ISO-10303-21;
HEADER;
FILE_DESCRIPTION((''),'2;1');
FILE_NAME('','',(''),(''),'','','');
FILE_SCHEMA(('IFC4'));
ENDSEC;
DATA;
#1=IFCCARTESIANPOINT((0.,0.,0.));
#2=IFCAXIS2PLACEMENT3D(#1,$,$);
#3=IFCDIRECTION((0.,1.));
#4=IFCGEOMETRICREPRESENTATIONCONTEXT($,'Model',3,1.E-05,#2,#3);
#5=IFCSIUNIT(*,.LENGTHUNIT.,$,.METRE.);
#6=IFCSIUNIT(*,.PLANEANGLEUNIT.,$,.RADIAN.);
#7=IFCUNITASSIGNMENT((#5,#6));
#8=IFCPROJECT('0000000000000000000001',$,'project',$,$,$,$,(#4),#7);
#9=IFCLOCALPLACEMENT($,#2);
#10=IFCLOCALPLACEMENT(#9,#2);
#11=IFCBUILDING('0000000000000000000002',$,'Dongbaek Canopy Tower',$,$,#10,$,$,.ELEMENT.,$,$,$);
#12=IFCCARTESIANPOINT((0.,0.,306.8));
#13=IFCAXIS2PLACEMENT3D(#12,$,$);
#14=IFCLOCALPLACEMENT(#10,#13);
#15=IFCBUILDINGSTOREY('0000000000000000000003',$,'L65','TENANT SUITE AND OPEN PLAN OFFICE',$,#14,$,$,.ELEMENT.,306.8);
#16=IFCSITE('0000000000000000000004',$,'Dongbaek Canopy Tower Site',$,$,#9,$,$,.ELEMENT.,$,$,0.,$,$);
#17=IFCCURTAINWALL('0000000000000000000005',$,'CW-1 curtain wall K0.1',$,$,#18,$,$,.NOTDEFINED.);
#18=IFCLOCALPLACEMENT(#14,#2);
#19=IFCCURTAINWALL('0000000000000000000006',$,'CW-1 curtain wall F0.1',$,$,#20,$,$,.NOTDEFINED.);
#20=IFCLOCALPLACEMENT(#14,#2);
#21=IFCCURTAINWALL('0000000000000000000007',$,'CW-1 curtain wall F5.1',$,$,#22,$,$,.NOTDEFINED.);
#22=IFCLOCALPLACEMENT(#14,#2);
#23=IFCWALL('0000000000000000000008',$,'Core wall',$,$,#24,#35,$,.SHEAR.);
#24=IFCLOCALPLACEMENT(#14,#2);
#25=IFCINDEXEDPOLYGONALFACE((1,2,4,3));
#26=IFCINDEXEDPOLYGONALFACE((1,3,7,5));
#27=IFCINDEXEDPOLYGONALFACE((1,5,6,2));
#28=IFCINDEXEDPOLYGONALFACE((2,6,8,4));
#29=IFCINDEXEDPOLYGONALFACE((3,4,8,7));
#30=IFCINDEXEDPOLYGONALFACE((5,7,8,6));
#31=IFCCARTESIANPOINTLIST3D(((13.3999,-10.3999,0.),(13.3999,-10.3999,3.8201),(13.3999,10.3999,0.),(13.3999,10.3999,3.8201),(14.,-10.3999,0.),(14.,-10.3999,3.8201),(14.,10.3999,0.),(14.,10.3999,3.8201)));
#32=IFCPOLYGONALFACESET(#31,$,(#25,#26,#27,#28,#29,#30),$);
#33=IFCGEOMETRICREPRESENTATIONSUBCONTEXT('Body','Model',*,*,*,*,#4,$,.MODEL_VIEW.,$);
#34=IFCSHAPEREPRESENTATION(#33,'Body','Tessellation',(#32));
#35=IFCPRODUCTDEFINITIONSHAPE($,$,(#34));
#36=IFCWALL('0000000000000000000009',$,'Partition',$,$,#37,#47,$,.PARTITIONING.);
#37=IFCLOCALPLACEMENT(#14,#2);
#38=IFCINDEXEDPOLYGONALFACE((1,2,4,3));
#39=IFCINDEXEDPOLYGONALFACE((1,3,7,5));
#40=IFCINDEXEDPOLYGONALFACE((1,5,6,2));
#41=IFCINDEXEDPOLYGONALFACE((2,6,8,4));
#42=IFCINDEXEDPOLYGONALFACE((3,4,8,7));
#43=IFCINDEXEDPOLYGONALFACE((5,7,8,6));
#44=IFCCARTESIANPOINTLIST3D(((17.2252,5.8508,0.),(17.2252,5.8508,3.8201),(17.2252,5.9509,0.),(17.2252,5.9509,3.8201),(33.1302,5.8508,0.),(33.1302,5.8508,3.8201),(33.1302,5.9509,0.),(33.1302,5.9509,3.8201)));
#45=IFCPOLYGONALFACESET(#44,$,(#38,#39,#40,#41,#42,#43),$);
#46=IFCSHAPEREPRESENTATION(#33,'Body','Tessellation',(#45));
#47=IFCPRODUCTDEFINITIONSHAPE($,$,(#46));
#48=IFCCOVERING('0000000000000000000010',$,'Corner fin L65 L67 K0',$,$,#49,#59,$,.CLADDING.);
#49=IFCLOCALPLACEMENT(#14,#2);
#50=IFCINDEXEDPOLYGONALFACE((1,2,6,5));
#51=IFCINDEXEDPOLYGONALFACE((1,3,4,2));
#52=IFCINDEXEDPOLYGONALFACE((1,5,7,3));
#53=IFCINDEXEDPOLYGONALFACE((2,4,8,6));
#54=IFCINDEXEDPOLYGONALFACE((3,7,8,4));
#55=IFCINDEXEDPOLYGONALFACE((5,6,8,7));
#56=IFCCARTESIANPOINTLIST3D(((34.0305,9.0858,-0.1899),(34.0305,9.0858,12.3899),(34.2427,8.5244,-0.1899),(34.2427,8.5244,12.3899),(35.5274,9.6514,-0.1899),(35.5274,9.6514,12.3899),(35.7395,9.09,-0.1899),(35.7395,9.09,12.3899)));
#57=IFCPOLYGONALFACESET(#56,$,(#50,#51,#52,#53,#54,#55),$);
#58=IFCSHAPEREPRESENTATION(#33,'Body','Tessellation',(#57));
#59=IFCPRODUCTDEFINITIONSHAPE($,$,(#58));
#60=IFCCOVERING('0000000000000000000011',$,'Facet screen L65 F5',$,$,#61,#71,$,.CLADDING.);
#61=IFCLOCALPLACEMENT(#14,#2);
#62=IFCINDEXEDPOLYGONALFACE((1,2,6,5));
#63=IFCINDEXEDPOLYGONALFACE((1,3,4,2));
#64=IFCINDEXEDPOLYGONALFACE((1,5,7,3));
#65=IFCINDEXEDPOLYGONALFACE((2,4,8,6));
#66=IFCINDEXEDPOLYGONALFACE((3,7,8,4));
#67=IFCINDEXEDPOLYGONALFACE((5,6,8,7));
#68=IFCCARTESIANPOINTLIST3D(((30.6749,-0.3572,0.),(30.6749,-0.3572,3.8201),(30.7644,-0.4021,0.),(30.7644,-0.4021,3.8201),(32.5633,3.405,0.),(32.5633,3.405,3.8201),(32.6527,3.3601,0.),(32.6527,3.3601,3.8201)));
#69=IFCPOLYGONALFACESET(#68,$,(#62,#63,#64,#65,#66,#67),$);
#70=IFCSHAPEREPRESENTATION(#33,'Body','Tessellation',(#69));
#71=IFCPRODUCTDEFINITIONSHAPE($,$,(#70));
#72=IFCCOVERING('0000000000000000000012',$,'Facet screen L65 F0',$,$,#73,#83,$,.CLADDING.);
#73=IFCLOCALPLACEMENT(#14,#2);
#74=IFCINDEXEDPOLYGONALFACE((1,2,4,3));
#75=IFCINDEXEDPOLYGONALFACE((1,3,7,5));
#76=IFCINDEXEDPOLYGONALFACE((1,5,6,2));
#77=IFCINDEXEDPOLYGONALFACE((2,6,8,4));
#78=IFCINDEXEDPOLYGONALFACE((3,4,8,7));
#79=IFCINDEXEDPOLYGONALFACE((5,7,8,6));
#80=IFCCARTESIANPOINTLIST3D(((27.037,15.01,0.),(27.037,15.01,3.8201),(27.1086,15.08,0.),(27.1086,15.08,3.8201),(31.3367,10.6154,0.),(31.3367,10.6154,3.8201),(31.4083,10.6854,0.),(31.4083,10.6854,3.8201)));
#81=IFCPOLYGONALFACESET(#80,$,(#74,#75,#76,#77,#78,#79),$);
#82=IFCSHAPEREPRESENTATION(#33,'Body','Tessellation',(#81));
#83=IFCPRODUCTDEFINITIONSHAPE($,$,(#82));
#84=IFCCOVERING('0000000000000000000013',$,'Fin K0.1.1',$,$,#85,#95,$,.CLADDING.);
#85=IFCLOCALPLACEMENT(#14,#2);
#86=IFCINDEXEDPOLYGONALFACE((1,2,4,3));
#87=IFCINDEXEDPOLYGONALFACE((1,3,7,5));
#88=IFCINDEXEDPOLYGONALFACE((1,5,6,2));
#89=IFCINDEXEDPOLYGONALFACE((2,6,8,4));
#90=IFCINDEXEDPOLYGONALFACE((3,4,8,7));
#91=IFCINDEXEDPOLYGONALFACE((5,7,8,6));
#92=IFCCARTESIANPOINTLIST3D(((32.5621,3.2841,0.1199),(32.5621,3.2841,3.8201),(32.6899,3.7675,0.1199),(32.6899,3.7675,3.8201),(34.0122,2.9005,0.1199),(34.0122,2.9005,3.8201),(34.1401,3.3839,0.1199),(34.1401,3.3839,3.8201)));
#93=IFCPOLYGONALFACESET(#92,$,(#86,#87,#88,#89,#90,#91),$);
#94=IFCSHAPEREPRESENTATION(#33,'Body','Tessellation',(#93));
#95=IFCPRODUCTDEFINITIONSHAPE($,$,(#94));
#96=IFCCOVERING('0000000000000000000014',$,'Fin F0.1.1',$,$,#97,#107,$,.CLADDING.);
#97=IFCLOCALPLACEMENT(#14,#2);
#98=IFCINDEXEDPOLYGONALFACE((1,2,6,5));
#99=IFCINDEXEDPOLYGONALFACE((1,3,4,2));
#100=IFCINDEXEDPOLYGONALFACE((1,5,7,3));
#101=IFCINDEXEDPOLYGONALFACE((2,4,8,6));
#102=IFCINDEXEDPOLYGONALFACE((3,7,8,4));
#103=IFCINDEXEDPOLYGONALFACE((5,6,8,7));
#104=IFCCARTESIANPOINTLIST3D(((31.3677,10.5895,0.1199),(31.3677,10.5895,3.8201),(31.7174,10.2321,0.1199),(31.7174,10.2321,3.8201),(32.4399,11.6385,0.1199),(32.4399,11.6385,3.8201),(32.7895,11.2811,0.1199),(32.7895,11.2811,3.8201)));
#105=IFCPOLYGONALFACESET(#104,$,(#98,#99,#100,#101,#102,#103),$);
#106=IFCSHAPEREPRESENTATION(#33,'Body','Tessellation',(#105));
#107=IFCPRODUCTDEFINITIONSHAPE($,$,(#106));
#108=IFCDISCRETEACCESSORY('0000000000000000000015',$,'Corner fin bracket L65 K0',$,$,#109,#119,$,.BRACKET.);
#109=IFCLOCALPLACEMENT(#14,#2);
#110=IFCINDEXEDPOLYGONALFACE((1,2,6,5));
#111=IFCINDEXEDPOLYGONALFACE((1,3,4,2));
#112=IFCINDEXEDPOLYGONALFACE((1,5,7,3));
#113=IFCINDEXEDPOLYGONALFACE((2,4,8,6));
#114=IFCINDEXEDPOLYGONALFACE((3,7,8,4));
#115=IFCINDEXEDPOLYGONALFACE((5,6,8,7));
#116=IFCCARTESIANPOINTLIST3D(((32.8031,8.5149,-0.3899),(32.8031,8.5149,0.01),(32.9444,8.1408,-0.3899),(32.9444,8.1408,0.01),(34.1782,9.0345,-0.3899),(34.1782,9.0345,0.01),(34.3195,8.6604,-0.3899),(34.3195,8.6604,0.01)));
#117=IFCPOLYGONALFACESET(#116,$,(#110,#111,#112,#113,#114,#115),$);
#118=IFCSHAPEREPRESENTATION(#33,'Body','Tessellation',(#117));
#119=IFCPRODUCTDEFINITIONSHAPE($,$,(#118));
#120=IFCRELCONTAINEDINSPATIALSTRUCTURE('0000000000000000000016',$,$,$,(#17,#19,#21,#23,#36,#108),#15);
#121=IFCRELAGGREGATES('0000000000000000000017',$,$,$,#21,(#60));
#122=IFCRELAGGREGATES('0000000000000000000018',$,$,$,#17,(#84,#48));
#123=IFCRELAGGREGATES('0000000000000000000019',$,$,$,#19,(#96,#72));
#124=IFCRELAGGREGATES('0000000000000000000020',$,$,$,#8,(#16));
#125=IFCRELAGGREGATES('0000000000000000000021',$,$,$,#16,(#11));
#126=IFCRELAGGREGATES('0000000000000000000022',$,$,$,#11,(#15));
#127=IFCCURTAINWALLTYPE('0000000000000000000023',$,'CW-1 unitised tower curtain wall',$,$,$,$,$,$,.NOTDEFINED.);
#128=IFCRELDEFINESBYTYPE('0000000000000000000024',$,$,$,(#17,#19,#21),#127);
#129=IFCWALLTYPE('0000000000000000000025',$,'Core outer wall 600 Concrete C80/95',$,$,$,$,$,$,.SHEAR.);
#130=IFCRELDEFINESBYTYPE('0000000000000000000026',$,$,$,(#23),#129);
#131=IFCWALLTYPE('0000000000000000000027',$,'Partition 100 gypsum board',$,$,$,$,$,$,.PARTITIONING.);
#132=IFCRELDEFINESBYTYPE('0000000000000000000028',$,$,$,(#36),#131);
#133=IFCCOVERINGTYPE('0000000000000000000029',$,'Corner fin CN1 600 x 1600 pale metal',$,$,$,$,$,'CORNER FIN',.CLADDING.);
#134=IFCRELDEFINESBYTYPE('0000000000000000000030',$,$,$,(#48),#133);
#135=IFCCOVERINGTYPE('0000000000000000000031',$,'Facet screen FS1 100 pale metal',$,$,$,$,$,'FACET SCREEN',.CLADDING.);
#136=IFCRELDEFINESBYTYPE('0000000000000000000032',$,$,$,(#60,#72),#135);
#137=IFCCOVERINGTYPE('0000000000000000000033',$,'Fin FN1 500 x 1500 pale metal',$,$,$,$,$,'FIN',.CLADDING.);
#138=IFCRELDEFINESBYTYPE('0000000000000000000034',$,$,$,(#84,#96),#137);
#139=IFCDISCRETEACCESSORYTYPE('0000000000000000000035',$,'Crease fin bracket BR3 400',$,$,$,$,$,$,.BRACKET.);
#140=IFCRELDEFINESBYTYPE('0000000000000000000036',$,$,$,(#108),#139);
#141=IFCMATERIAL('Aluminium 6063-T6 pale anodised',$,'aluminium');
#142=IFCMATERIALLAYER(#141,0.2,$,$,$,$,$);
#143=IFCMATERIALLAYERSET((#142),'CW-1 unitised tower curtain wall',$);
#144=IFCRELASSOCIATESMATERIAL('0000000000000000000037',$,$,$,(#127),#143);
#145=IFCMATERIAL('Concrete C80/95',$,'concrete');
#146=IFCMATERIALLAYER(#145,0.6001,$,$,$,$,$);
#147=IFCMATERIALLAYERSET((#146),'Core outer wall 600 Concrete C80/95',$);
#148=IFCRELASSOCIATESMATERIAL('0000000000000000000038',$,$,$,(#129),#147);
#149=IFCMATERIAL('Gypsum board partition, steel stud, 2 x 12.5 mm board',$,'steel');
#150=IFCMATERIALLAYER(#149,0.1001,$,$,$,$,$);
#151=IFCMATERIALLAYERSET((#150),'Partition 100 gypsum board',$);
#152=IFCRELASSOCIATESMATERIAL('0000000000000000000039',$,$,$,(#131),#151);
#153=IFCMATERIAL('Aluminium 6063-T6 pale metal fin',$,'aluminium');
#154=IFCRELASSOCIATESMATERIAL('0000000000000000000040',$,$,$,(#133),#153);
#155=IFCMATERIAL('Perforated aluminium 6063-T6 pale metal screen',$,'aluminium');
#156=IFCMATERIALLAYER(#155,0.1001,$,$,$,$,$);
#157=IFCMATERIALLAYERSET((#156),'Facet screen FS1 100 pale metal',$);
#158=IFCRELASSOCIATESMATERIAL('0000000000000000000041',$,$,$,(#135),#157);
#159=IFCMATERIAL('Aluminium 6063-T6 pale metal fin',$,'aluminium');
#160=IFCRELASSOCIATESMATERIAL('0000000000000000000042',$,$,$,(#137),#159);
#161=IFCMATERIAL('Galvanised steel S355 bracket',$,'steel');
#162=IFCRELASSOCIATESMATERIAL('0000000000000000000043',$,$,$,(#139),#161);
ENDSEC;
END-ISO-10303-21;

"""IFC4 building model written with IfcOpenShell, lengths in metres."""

from ifc_helpers import new_model, si_unit, direction, frame, frame_2d, origin, origin_2d, place, context, subcontext, project, spatial, rectangle, extrude, material, layer, layer_set, material_profile, profile_set, type_object, element, aggregate, save


model = new_model("IFC4")

# Units and contexts
model_context = context("Model", 3, precision=1e-05, world=origin(), true_north=direction((0.0, 1.0)))
body_context = subcontext(model_context, "Body", "Model", "MODEL_VIEW")
ifc_project = project(units=[si_unit("LENGTHUNIT", "METRE"), si_unit("PLANEANGLEUNIT", "RADIAN")], contexts=[model_context])

# Site, building, storey
site_placement = place(None, origin())
site = spatial("IfcSite", under=ifc_project, at=site_placement, Name="Dongbaek Canopy Tower Site", CompositionType="ELEMENT", RefElevation=0.0)
building_placement = place(site_placement, origin())
building = spatial("IfcBuilding", under=site, at=building_placement, Name="Dongbaek Canopy Tower", CompositionType="ELEMENT")
storey_placement = place(building_placement, frame((0.0, 0.0, 306.8)))
storey = spatial("IfcBuildingStorey", under=building, at=storey_placement, Name="L65", Description="TENANT SUITE AND OPEN PLAN OFFICE", CompositionType="ELEMENT", Elevation=306.8)

# Curtain wall
ifc_material_1 = material(Name="Aluminium 6063-T6 pale anodised", Category="aluminium")
ifc_layer_1 = layer(ifc_material_1, 0.2)
ifc_layer_set_1 = layer_set([ifc_layer_1], Name="CW-1 unitised tower curtain wall")
curtain_wall_type = type_object("IfcCurtainWallType", Name="CW-1 unitised tower curtain wall", PredefinedType="NOTDEFINED", material=ifc_layer_set_1)
curtain_wall_1_placement = place(storey_placement, origin())
curtain_wall_1 = element("IfcCurtainWall", 1, at=curtain_wall_1_placement, inside=storey, type_object=curtain_wall_type, Name="CW-1 curtain wall K0.1", PredefinedType="NOTDEFINED")

# Curtain wall
curtain_wall_2_placement = place(storey_placement, origin())
curtain_wall_2 = element("IfcCurtainWall", 2, at=curtain_wall_2_placement, inside=storey, type_object=curtain_wall_type, Name="CW-1 curtain wall F0.1", PredefinedType="NOTDEFINED")

# Curtain wall
curtain_wall_3_placement = place(storey_placement, origin())
curtain_wall_3 = element("IfcCurtainWall", 3, at=curtain_wall_3_placement, inside=storey, type_object=curtain_wall_type, Name="CW-1 curtain wall F5.1", PredefinedType="NOTDEFINED")

# Walls
ifc_material_2 = material(Name="Concrete C80/95", Category="concrete")
ifc_layer_2 = layer(ifc_material_2, 0.6001)
ifc_layer_set_2 = layer_set([ifc_layer_2], Name="Core outer wall 600 Concrete C80/95")
wall_type_1 = type_object("IfcWallType", Name="Core outer wall 600 Concrete C80/95", PredefinedType="SHEAR", material=ifc_layer_set_2)
wall_1_placement = place(storey_placement, frame((13.7, 10.3999, 0.0), z_axis=(0.0, 0.0, 1.0), x_axis=(0.0, -1.0, 0.0)))
element("IfcWall", 4, at=wall_1_placement, inside=storey, type_object=wall_type_1, Name="Core wall", PredefinedType="SHEAR", context=body_context, shape_type="SweptSolid", body=[
    extrude(rectangle(XDim=20.7998, YDim=0.6001, at=frame_2d((10.3999, 0.0))), origin(), (0.0, 0.0, 1.0), 3.8201),
])
ifc_material_3 = material(Name="Gypsum board partition, steel stud, 2 x 12.5 mm board", Category="steel")
ifc_layer_3 = layer(ifc_material_3, 0.1001)
ifc_layer_set_3 = layer_set([ifc_layer_3], Name="Partition 100 gypsum board")
wall_type_2 = type_object("IfcWallType", Name="Partition 100 gypsum board", PredefinedType="PARTITIONING", material=ifc_layer_set_3)
wall_2_placement = place(storey_placement, frame((17.2251, 5.9009, 0.0), z_axis=(0.0, 0.0, 1.0), x_axis=(1.0, 0.0, 0.0)))
element("IfcWall", 5, at=wall_2_placement, inside=storey, type_object=wall_type_2, Name="Partition", PredefinedType="PARTITIONING", context=body_context, shape_type="SweptSolid", body=[
    extrude(rectangle(XDim=15.905, YDim=0.1001, at=frame_2d((7.9526, 0.0))), origin(), (0.0, 0.0, 1.0), 3.8201),
])

# Coverings
ifc_material_4 = material(Name="Aluminium 6063-T6 pale metal fin", Category="aluminium")
ifc_material_profile_1 = material_profile(ifc_material_4, rectangle(XDim=1.6001, YDim=0.6001, at=origin_2d()), Name="Corner fin CN1 600 x 1600 pale metal")
ifc_profile_set_1 = profile_set([ifc_material_profile_1], Name="Aluminium 6063-T6 pale metal fin")
covering_type_1 = type_object("IfcCoveringType", Name="Corner fin CN1 600 x 1600 pale metal", ElementType="CORNER FIN", PredefinedType="CLADDING", material=ifc_profile_set_1)
covering_1_placement = place(storey_placement, frame((34.885, 9.0879, -0.1899), z_axis=(0.0, 0.0, 1.0), x_axis=(0.935453, 0.353452, 0.0)))
covering_1 = element("IfcCovering", 6, at=covering_1_placement, type_object=covering_type_1, Name="Corner fin L65 L67 K0", PredefinedType="CLADDING", context=body_context, shape_type="SweptSolid", body=[
    extrude(rectangle(XDim=1.6001, YDim=0.6001, at=origin_2d()), origin(), (0.0, 0.0, 1.0), 12.5798),
])
ifc_material_5 = material(Name="Perforated aluminium 6063-T6 pale metal screen", Category="aluminium")
ifc_layer_4 = layer(ifc_material_5, 0.1001)
ifc_layer_set_4 = layer_set([ifc_layer_4], Name="Facet screen FS1 100 pale metal")
covering_type_2 = type_object("IfcCoveringType", Name="Facet screen FS1 100 pale metal", ElementType="FACET SCREEN", PredefinedType="CLADDING", material=ifc_layer_set_4)
covering_2_placement = place(storey_placement, frame((31.6638, 1.5015, 0.0), z_axis=(0.0, 0.0, 1.0), x_axis=(0.448598, 0.893733, 0.0)))
covering_2 = element("IfcCovering", 7, at=covering_2_placement, type_object=covering_type_2, Name="Facet screen L65 F5", PredefinedType="CLADDING", context=body_context, shape_type="SweptSolid", body=[
    extrude(rectangle(XDim=4.2095, YDim=0.1001, at=origin_2d()), origin(), (0.0, 0.0, 1.0), 3.8201),
])
aggregate(curtain_wall_3, [covering_2])
covering_3_placement = place(storey_placement, frame((29.2227, 12.8477, 0.0), z_axis=(0.0, 0.0, 1.0), x_axis=(-0.699349, 0.71478, 0.0)))
covering_3 = element("IfcCovering", 8, at=covering_3_placement, type_object=covering_type_2, Name="Facet screen L65 F0", PredefinedType="CLADDING", context=body_context, shape_type="SweptSolid", body=[
    extrude(rectangle(XDim=6.1482, YDim=0.1001, at=origin_2d()), origin(), (0.0, 0.0, 1.0), 3.8201),
])
ifc_material_6 = material(Name="Aluminium 6063-T6 pale metal fin", Category="aluminium")
ifc_material_profile_2 = material_profile(ifc_material_6, rectangle(XDim=1.5, YDim=0.5, at=origin_2d()), Name="Fin FN1 500 x 1500 pale metal")
ifc_profile_set_2 = profile_set([ifc_material_profile_2], Name="Aluminium 6063-T6 pale metal fin")
covering_type_3 = type_object("IfcCoveringType", Name="Fin FN1 500 x 1500 pale metal", ElementType="FIN", PredefinedType="CLADDING", material=ifc_profile_set_2)
covering_4_placement = place(storey_placement, frame((33.3511, 3.334, 0.1199), z_axis=(0.0, 0.0, 1.0), x_axis=(0.966753, -0.255711, 0.0)))
covering_4 = element("IfcCovering", 9, at=covering_4_placement, type_object=covering_type_3, Name="Fin K0.1.1", PredefinedType="CLADDING", context=body_context, shape_type="SweptSolid", body=[
    extrude(rectangle(XDim=1.5, YDim=0.5, at=origin_2d()), origin(), (0.0, 0.0, 1.0), 3.7002),
])
aggregate(curtain_wall_1, [covering_4, covering_1])
covering_5_placement = place(storey_placement, frame((32.0786, 10.9353, 0.1199), z_axis=(0.0, 0.0, 1.0), x_axis=(0.71478, 0.699349, 0.0)))
covering_5 = element("IfcCovering", 10, at=covering_5_placement, type_object=covering_type_3, Name="Fin F0.1.1", PredefinedType="CLADDING", context=body_context, shape_type="SweptSolid", body=[
    extrude(rectangle(XDim=1.5, YDim=0.5, at=origin_2d()), origin(), (0.0, 0.0, 1.0), 3.7002),
])
aggregate(curtain_wall_2, [covering_5, covering_3])

# Discrete accessory
ifc_material_7 = material(Name="Galvanised steel S355 bracket", Category="steel")
discrete_accessory_type = type_object("IfcDiscreteAccessoryType", Name="Crease fin bracket BR3 400", PredefinedType="BRACKET", material=ifc_material_7)
discrete_accessory_placement = place(storey_placement, frame((33.5613, 8.5876, -0.3899), z_axis=(0.0, 0.0, 1.0), x_axis=(0.935453, 0.353452, 0.0)))
element("IfcDiscreteAccessory", 11, at=discrete_accessory_placement, inside=storey, type_object=discrete_accessory_type, Name="Corner fin bracket L65 K0", PredefinedType="BRACKET", context=body_context, shape_type="SweptSolid", body=[
    extrude(rectangle(XDim=1.47, YDim=0.3999, at=origin_2d()), origin(), (0.0, 0.0, 1.0), 0.3999),
])

save(model, "model.ifc")
